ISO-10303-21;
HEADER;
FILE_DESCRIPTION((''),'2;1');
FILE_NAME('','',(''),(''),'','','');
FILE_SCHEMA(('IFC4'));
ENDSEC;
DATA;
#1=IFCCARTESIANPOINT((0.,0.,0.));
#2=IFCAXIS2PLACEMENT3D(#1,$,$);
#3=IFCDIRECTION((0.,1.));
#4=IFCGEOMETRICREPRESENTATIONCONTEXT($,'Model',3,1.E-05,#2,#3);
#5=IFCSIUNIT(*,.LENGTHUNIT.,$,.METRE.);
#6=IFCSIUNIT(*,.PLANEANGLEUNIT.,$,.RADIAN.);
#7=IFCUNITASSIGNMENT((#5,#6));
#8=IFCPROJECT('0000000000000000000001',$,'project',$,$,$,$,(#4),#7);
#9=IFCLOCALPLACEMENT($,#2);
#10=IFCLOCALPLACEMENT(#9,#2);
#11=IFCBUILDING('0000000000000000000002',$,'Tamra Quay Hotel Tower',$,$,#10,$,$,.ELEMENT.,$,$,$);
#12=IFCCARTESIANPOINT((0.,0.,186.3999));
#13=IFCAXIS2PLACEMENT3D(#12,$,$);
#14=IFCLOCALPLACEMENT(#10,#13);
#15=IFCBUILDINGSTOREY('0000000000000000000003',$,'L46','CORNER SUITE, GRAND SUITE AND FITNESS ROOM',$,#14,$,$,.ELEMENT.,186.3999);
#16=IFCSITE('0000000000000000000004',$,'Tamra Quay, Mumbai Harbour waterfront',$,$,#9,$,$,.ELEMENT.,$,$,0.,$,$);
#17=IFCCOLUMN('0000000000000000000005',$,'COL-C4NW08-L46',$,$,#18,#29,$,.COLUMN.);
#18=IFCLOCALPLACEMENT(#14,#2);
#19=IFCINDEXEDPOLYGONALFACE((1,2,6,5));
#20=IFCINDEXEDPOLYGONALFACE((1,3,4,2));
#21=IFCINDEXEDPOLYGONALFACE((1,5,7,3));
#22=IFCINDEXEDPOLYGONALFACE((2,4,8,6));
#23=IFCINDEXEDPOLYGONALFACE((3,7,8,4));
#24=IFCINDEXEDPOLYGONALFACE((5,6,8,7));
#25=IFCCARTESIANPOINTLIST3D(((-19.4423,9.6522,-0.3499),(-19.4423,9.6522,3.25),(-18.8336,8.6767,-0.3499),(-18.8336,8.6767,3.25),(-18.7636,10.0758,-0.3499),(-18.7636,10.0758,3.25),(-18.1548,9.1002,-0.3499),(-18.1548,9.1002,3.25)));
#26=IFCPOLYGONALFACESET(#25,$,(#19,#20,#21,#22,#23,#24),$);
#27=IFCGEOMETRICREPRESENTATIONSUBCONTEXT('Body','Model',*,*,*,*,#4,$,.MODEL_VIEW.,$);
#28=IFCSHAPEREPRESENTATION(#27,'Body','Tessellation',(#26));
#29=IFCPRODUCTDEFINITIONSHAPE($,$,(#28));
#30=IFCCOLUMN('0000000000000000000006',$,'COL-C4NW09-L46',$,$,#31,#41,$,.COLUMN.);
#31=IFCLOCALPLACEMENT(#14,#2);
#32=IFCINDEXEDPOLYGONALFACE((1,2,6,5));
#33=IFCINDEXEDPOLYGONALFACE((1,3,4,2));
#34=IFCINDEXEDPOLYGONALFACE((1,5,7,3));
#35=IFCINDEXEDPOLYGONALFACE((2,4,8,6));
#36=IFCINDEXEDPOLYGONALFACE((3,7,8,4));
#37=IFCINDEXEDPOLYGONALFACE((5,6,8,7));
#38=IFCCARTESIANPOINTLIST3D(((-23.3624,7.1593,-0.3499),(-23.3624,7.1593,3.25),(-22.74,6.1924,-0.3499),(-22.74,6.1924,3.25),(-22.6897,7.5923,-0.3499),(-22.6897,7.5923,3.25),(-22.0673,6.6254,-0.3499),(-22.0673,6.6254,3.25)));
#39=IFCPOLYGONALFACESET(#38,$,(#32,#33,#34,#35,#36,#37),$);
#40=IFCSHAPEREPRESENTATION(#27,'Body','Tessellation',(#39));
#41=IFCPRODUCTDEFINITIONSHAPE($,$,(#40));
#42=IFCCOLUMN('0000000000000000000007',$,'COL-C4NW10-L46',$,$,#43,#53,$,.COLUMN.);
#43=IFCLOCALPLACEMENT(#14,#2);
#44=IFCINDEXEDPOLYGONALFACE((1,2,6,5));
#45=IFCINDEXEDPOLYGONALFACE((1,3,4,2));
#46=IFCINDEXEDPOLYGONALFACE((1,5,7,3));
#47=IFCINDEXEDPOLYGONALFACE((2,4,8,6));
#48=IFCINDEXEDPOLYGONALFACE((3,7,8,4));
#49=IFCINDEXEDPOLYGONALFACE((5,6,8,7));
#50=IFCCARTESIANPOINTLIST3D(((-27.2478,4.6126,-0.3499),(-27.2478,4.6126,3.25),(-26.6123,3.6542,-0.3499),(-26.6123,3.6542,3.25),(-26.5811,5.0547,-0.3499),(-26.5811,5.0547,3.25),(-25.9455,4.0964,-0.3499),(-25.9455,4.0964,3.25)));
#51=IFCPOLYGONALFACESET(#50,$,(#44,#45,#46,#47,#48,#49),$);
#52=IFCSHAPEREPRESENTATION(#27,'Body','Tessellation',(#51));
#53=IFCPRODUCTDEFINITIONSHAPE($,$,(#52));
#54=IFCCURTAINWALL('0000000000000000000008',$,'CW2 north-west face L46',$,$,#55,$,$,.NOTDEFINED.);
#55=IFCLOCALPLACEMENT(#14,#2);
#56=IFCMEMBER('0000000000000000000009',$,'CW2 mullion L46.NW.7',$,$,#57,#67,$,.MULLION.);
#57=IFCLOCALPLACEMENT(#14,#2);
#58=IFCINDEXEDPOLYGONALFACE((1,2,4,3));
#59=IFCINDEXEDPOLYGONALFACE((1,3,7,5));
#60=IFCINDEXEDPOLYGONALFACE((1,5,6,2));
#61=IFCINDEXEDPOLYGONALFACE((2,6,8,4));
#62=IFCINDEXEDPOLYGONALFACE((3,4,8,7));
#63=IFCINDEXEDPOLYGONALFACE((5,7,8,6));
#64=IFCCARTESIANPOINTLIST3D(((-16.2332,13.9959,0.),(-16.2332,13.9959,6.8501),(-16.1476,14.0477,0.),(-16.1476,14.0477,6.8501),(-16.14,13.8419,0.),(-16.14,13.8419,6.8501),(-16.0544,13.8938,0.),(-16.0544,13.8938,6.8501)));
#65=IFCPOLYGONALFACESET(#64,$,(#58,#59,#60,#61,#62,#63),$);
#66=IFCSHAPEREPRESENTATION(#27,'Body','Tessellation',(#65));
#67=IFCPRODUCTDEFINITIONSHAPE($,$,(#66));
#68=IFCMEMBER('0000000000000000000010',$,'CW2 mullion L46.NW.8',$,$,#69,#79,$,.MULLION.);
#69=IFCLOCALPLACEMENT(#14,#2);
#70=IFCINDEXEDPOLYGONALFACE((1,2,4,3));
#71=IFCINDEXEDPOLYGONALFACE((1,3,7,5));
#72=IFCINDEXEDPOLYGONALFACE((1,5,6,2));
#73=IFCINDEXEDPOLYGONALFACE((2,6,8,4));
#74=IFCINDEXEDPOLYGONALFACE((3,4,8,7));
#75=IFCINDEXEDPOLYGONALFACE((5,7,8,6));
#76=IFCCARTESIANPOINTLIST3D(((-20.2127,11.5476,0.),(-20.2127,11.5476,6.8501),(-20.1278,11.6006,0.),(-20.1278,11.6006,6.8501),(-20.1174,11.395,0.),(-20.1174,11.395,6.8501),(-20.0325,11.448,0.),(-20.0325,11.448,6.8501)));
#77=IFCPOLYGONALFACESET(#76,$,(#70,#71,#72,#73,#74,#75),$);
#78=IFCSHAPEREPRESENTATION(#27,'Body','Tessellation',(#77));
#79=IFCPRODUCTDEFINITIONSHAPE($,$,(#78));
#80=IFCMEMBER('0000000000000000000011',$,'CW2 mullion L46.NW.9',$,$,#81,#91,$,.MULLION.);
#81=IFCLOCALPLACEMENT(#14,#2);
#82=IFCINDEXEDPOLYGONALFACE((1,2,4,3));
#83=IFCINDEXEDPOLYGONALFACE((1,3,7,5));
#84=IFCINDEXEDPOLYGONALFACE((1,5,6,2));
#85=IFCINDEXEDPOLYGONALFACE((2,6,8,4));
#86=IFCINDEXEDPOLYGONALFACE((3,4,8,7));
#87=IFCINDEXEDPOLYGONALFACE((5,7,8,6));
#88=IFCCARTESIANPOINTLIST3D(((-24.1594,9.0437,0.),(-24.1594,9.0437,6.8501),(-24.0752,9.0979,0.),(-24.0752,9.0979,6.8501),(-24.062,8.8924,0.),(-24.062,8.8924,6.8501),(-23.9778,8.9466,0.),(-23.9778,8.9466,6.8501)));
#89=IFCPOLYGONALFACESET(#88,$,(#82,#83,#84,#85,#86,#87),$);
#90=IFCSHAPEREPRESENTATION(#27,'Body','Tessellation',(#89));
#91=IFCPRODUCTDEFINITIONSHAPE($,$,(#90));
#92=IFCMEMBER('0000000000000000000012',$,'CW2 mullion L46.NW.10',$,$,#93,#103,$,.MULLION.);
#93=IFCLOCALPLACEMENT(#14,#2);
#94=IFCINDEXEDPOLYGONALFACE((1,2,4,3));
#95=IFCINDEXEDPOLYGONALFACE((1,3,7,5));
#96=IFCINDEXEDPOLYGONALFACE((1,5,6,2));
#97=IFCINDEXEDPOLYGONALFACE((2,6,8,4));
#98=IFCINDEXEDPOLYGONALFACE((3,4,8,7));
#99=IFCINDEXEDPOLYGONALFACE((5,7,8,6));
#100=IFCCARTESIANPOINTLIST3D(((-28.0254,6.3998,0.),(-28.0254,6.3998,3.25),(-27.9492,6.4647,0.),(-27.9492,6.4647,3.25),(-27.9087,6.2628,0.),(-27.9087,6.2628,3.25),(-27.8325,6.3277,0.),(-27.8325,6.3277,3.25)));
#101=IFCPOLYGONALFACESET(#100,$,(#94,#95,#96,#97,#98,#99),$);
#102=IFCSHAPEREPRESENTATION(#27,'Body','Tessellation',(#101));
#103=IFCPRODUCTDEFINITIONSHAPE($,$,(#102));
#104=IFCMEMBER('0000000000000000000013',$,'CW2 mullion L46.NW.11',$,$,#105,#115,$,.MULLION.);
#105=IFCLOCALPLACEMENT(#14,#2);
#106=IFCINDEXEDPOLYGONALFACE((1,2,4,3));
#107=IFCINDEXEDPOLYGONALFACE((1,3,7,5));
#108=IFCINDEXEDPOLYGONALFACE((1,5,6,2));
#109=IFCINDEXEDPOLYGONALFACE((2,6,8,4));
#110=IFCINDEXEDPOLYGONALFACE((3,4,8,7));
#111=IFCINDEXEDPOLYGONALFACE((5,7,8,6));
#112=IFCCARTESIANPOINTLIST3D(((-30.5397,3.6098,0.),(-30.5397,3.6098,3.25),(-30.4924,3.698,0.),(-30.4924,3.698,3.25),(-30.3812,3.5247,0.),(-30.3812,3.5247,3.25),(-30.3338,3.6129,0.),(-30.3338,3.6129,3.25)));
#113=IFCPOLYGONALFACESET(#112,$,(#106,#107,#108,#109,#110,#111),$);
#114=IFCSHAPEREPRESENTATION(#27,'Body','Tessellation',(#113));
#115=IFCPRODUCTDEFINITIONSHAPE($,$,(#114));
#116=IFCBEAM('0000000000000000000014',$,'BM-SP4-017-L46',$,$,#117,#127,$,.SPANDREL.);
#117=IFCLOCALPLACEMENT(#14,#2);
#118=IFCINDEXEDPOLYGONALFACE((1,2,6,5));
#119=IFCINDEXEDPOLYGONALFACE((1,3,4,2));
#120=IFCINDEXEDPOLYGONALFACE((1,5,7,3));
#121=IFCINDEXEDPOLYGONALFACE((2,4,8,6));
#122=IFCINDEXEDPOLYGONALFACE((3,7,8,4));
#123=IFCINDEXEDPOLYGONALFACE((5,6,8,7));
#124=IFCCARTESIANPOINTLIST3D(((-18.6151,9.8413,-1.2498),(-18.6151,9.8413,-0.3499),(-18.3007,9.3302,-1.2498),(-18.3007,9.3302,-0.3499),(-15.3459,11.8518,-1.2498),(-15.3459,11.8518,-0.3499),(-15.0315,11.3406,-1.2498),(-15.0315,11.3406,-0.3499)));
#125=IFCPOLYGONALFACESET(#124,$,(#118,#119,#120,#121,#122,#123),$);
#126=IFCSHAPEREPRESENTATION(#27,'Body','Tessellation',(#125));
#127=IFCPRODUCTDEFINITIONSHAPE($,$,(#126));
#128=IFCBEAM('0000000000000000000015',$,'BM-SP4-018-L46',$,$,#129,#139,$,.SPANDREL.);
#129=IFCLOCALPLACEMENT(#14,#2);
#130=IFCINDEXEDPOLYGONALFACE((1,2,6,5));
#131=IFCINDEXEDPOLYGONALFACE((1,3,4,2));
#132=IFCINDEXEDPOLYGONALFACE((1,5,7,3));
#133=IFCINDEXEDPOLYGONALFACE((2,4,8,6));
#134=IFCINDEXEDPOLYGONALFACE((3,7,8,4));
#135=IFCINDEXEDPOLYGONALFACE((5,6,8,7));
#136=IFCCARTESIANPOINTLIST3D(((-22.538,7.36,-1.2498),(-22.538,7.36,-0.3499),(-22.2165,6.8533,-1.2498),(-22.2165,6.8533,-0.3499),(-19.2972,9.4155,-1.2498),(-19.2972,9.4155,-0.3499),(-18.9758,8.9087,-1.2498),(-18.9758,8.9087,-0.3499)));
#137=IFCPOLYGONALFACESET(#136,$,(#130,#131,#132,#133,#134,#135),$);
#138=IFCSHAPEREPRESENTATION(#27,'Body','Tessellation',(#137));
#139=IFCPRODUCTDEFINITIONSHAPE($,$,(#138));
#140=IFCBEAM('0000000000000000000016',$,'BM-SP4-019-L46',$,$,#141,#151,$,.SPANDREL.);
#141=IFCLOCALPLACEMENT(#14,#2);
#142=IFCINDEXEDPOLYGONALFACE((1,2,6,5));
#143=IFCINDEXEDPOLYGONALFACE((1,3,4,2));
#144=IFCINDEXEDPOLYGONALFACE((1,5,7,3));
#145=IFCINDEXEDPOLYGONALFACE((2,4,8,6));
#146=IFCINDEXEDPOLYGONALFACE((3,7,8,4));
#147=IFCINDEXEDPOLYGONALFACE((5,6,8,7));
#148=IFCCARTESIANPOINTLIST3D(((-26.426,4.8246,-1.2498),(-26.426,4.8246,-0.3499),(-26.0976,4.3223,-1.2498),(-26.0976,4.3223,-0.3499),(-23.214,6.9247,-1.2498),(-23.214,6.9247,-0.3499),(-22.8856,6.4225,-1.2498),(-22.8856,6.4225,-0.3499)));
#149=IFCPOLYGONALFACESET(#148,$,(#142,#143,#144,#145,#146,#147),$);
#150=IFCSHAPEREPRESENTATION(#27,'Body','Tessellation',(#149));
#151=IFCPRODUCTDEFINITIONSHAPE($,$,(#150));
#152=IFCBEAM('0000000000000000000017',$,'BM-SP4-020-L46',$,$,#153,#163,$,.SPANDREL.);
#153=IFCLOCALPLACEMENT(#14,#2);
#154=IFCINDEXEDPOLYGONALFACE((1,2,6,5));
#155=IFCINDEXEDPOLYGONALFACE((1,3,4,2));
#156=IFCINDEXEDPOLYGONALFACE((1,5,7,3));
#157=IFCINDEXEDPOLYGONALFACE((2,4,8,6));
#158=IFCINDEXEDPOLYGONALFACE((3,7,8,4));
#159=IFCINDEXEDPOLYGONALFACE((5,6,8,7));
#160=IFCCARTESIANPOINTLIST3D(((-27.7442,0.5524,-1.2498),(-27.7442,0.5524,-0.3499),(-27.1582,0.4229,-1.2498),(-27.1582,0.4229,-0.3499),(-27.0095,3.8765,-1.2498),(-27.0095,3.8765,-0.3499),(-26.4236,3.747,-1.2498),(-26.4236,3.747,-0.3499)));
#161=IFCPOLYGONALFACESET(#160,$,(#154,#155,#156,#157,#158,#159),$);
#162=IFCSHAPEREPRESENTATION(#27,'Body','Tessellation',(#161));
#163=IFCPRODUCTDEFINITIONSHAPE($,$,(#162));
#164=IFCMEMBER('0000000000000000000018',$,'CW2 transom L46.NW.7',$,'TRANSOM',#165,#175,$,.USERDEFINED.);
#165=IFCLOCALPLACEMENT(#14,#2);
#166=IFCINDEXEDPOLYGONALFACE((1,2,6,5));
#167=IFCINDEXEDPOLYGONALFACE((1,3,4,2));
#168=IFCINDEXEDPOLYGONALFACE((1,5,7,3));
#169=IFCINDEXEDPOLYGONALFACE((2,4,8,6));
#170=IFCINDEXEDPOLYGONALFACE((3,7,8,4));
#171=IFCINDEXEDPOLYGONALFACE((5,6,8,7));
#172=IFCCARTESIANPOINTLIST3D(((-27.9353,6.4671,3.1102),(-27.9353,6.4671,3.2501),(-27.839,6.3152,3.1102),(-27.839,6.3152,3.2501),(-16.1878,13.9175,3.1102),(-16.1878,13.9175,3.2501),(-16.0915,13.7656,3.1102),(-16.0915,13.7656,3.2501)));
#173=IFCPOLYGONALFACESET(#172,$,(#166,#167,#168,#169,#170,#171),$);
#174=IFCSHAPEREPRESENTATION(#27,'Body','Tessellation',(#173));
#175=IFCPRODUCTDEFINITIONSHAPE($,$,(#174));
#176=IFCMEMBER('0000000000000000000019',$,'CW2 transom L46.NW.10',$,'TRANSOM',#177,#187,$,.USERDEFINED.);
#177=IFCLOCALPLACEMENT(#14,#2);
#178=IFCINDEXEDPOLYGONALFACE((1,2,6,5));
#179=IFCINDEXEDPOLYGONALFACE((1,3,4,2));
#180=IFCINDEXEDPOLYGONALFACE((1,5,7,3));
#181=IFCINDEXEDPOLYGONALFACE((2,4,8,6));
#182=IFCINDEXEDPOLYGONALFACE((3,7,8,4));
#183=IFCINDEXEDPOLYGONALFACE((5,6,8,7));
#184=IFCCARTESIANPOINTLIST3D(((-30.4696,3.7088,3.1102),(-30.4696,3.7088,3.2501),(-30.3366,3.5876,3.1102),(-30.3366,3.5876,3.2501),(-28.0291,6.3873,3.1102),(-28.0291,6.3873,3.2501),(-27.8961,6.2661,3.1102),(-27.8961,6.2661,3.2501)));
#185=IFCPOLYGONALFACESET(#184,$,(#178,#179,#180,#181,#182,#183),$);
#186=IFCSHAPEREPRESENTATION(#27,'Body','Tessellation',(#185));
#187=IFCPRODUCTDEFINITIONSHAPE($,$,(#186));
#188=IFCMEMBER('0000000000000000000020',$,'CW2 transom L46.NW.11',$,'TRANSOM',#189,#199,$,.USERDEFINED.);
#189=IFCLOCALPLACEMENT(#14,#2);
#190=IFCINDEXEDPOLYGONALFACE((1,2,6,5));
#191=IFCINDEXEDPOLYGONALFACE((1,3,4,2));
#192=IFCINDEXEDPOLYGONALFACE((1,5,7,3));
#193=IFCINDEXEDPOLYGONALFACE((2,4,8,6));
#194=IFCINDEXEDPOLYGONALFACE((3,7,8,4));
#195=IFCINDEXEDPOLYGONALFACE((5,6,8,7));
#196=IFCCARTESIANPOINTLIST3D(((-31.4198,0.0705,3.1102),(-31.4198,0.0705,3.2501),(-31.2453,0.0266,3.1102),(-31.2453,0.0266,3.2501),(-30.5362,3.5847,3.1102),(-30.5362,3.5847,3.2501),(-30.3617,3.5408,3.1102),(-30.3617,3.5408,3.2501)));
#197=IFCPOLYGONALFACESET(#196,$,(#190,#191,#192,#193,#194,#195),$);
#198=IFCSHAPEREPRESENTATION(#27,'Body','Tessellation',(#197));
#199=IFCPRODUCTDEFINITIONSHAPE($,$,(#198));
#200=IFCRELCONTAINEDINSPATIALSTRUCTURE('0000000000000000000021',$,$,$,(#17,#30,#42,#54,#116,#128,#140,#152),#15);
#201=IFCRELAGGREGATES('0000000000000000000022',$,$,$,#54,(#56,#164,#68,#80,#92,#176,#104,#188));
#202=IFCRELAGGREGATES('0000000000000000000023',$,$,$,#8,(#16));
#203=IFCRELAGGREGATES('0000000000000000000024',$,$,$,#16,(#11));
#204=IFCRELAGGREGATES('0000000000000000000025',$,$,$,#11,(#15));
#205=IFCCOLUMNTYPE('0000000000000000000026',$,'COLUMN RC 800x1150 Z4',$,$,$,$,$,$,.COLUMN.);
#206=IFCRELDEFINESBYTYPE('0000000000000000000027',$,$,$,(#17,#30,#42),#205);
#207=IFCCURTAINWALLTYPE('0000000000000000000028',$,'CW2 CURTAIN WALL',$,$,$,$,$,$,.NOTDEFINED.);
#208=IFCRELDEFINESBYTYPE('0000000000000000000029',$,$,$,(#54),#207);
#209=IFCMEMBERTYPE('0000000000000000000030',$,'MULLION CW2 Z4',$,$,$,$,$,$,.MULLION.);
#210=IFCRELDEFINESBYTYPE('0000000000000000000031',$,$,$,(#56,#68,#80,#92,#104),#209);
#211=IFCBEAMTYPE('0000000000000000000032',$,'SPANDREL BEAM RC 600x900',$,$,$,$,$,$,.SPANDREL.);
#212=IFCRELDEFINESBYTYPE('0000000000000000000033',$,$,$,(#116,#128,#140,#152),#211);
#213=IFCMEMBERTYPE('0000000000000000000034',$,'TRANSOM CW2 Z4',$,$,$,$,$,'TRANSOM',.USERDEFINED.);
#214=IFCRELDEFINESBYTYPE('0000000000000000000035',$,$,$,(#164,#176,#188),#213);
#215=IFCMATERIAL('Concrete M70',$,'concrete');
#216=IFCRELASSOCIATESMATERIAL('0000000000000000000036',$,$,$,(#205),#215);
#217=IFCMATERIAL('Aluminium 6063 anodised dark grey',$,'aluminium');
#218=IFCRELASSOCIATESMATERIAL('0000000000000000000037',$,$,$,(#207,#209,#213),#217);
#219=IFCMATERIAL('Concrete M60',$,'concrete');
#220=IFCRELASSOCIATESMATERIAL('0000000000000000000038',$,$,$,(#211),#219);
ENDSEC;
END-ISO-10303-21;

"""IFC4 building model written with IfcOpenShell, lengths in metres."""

from ifc_helpers import new_model, si_unit, direction, frame, origin, origin_2d, place, context, subcontext, project, spatial, rectangle, extrude, material, material_profile, profile_set, type_object, element, aggregate, save


model = new_model("IFC4")

# Units and contexts
model_context = context("Model", 3, precision=1e-05, world=origin(), true_north=direction((0.0, 1.0)))
body_context = subcontext(model_context, "Body", "Model", "MODEL_VIEW")
ifc_project = project(units=[si_unit("LENGTHUNIT", "METRE"), si_unit("PLANEANGLEUNIT", "RADIAN")], contexts=[model_context])

# Site, building, storey
site_placement = place(None, origin())
site = spatial("IfcSite", under=ifc_project, at=site_placement, Name="Tamra Quay, Mumbai Harbour waterfront", CompositionType="ELEMENT", RefElevation=0.0)
building_placement = place(site_placement, origin())
building = spatial("IfcBuilding", under=site, at=building_placement, Name="Tamra Quay Hotel Tower", CompositionType="ELEMENT")
storey_placement = place(building_placement, frame((0.0, 0.0, 186.3999)))
storey = spatial("IfcBuildingStorey", under=building, at=storey_placement, Name="L46", Description="CORNER SUITE, GRAND SUITE AND FITNESS ROOM", CompositionType="ELEMENT", Elevation=186.3999)

# Columns
ifc_material_1 = material(Name="Concrete M70", Category="concrete")
ifc_material_profile_1 = material_profile(ifc_material_1, rectangle(XDim=1.1499, YDim=0.8, at=origin_2d()), Name="COLUMN RC 800x1150 Z4")
ifc_profile_set_1 = profile_set([ifc_material_profile_1], Name="Concrete M70")
column_type = type_object("IfcColumnType", Name="COLUMN RC 800x1150 Z4", PredefinedType="COLUMN", material=ifc_profile_set_1)
for number, where, z_axis, x_axis, name in (
    (1, (-18.7986, 9.3762, -0.3499), (0.0, 0.0, 1.0), (-0.52941, 0.848366, 0.0), "COL-C4NW08-L46"),
    (2, (-22.7148, 6.8923, -0.3499), (0.0, 0.0, 1.0), (-0.541283, 0.840841, 0.0), "COL-C4NW09-L46"),
    (3, (-26.5967, 4.3545, -0.3499), (0.0, 0.0, 1.0), (-0.552666, 0.833403, 0.0), "COL-C4NW10-L46"),
):
    element("IfcColumn", number, at=place(storey_placement, frame(where, z_axis=z_axis, x_axis=x_axis)), inside=storey, type_object=column_type, Name=name, PredefinedType="COLUMN", context=body_context, shape_type="SweptSolid", body=[
        extrude(rectangle(XDim=1.1499, YDim=0.8, at=origin_2d()), origin(), (0.0, 0.0, 1.0), 3.5999),
    ])

# Curtain wall, members
ifc_material_2 = material(Name="Aluminium 6063 anodised dark grey", Category="aluminium")
curtain_wall_type = type_object("IfcCurtainWallType", Name="CW2 CURTAIN WALL", PredefinedType="NOTDEFINED", material=ifc_material_2)
curtain_wall_placement = place(storey_placement, origin())
curtain_wall = element("IfcCurtainWall", 4, at=curtain_wall_placement, inside=storey, type_object=curtain_wall_type, Name="CW2 north-west face L46", PredefinedType="NOTDEFINED")
ifc_material_profile_2 = material_profile(ifc_material_2, rectangle(XDim=0.1799, YDim=0.1001, at=origin_2d()), Name="MULLION 100X180")
ifc_profile_set_2 = profile_set([ifc_material_profile_2], Name="Aluminium 6063 anodised dark grey")
member_type_1 = type_object("IfcMemberType", Name="MULLION CW2 Z4", PredefinedType="MULLION", material=ifc_profile_set_2)
member_1_placement = place(storey_placement, frame((-16.1438, 13.9448, 0.0), z_axis=(0.0, 0.0, 1.0), x_axis=(-0.517923, 0.855427, 0.0)))
member_1 = element("IfcMember", 5, at=member_1_placement, type_object=member_type_1, Name="CW2 mullion L46.NW.7", PredefinedType="MULLION", context=body_context, shape_type="SweptSolid", body=[
    extrude(rectangle(XDim=0.1799, YDim=0.1001, at=origin_2d()), origin(), (0.0, 0.0, 1.0), 6.8501),
])
member_2_placement = place(storey_placement, frame((-20.1226, 11.4978, 0.0), z_axis=(0.0, 0.0, 1.0), x_axis=(-0.529731, 0.848166, 0.0)))
member_2 = element("IfcMember", 6, at=member_2_placement, type_object=member_type_1, Name="CW2 mullion L46.NW.8", PredefinedType="MULLION", context=body_context, shape_type="SweptSolid", body=[
    extrude(rectangle(XDim=0.1799, YDim=0.1001, at=origin_2d()), origin(), (0.0, 0.0, 1.0), 6.8501),
])
member_3_placement = place(storey_placement, frame((-24.0686, 8.9951, 0.0), z_axis=(0.0, 0.0, 1.0), x_axis=(-0.541421, 0.840751, 0.0)))
member_3 = element("IfcMember", 7, at=member_3_placement, type_object=member_type_1, Name="CW2 mullion L46.NW.9", PredefinedType="MULLION", context=body_context, shape_type="SweptSolid", body=[
    extrude(rectangle(XDim=0.1799, YDim=0.1001, at=origin_2d()), origin(), (0.0, 0.0, 1.0), 6.8501),
])
member_4_placement = place(storey_placement, frame((-27.929, 6.3638, 0.0), z_axis=(0.0, 0.0, 1.0), x_axis=(-0.648381, 0.761316, 0.0)))
member_4 = element("IfcMember", 8, at=member_4_placement, type_object=member_type_1, Name="CW2 mullion L46.NW.10", PredefinedType="MULLION", context=body_context, shape_type="SweptSolid", body=[
    extrude(rectangle(XDim=0.1799, YDim=0.1001, at=origin_2d()), origin(), (0.0, 0.0, 1.0), 3.25),
])
member_5_placement = place(storey_placement, frame((-30.4368, 3.6113, 0.0), z_axis=(0.0, 0.0, 1.0), x_axis=(-0.881098, 0.472935, 0.0)))
member_5 = element("IfcMember", 9, at=member_5_placement, type_object=member_type_1, Name="CW2 mullion L46.NW.11", PredefinedType="MULLION", context=body_context, shape_type="SweptSolid", body=[
    extrude(rectangle(XDim=0.1799, YDim=0.1001, at=origin_2d()), origin(), (0.0, 0.0, 1.0), 3.25),
])

# Beams
ifc_material_3 = material(Name="Concrete M60", Category="concrete")
ifc_material_profile_3 = material_profile(ifc_material_3, rectangle(XDim=0.6001, YDim=0.8999, at=origin_2d()), Name="SPANDREL BEAM RC 600x900")
ifc_profile_set_3 = profile_set([ifc_material_profile_3], Name="Concrete M60")
beam_type = type_object("IfcBeamType", Name="SPANDREL BEAM RC 600x900", PredefinedType="SPANDREL", material=ifc_profile_set_3)
beam_1_placement = place(storey_placement, frame((-15.1887, 11.5962, -0.7998), z_axis=(-0.851818, -0.523838, 0.0), x_axis=(0.523838, -0.851818, 0.0)))
element("IfcBeam", 10, at=beam_1_placement, inside=storey, type_object=beam_type, Name="BM-SP4-017-L46", PredefinedType="SPANDREL", context=body_context, shape_type="SweptSolid", body=[
    extrude(rectangle(XDim=0.6001, YDim=0.8999, at=origin_2d()), origin(), (0.0, 0.0, 1.0), 3.8379),
])
for number, where, z_axis, x_axis, name in (
    (11, (-19.1365, 9.1621, -0.7998), (-0.84447, -0.535603, 0.0), (0.535603, -0.84447, 0.0), "BM-SP4-018-L46"),
    (12, (-23.0498, 6.6736, -0.7998), (-0.83697, -0.547249, 0.0), (0.547249, -0.83697, 0.0), "BM-SP4-019-L46"),
):
    element("IfcBeam", number, at=place(storey_placement, frame(where, z_axis=z_axis, x_axis=x_axis)), inside=storey, type_object=beam_type, Name=name, PredefinedType="SPANDREL", context=body_context, shape_type="SweptSolid", body=[
        extrude(rectangle(XDim=0.6001, YDim=0.8999, at=origin_2d()), origin(), (0.0, 0.0, 1.0), 3.8376),
    ])
beam_2_placement = place(storey_placement, frame((-26.7166, 3.8118, -0.7998), z_axis=(-0.215799, -0.976438, 0.0), x_axis=(0.976438, -0.215799, 0.0)))
element("IfcBeam", 13, at=beam_2_placement, inside=storey, type_object=beam_type, Name="BM-SP4-020-L46", PredefinedType="SPANDREL", context=body_context, shape_type="SweptSolid", body=[
    extrude(rectangle(XDim=0.6001, YDim=0.8999, at=origin_2d()), origin(), (0.0, 0.0, 1.0), 3.4043),
])

# Members
ifc_material_profile_4 = material_profile(ifc_material_2, rectangle(XDim=0.1799, YDim=0.1399, at=origin_2d()), Name="TRANSOM 180X140")
ifc_profile_set_4 = profile_set([ifc_material_profile_4], Name="Aluminium 6063 anodised dark grey")
member_type_2 = type_object("IfcMemberType", Name="TRANSOM CW2 Z4", ElementType="TRANSOM", PredefinedType="USERDEFINED", material=ifc_profile_set_4)
member_6_placement = place(storey_placement, frame((-16.1396, 13.8416, 3.1802), z_axis=(-0.844484, -0.535581, 0.0), x_axis=(0.535581, -0.844484, 0.0)))
member_6 = element("IfcMember", 14, at=member_6_placement, type_object=member_type_2, Name="CW2 transom L46.NW.7", ObjectType="TRANSOM", PredefinedType="USERDEFINED", context=body_context, shape_type="SweptSolid", body=[
    extrude(rectangle(XDim=0.1799, YDim=0.1399, at=origin_2d()), origin(), (0.0, 0.0, 1.0), 13.9109),
])
member_7_placement = place(storey_placement, frame((-27.9626, 6.3267, 3.1802), z_axis=(-0.673497, -0.73919, 0.0), x_axis=(0.73919, -0.673497, 0.0)))
member_7 = element("IfcMember", 15, at=member_7_placement, type_object=member_type_2, Name="CW2 transom L46.NW.10", ObjectType="TRANSOM", PredefinedType="USERDEFINED", context=body_context, shape_type="SweptSolid", body=[
    extrude(rectangle(XDim=0.1799, YDim=0.1399, at=origin_2d()), origin(), (0.0, 0.0, 1.0), 3.6235),
])
member_8_placement = place(storey_placement, frame((-30.449, 3.5627, 3.1802), z_axis=(-0.243835, -0.969817, 0.0), x_axis=(0.969817, -0.243835, 0.0)))
member_8 = element("IfcMember", 16, at=member_8_placement, type_object=member_type_2, Name="CW2 transom L46.NW.11", ObjectType="TRANSOM", PredefinedType="USERDEFINED", context=body_context, shape_type="SweptSolid", body=[
    extrude(rectangle(XDim=0.1799, YDim=0.1399, at=origin_2d()), origin(), (0.0, 0.0, 1.0), 3.6235),
])

aggregate(curtain_wall, [member_1, member_6, member_2, member_3, member_4, member_7, member_5, member_8])

save(model, "model.ifc")
